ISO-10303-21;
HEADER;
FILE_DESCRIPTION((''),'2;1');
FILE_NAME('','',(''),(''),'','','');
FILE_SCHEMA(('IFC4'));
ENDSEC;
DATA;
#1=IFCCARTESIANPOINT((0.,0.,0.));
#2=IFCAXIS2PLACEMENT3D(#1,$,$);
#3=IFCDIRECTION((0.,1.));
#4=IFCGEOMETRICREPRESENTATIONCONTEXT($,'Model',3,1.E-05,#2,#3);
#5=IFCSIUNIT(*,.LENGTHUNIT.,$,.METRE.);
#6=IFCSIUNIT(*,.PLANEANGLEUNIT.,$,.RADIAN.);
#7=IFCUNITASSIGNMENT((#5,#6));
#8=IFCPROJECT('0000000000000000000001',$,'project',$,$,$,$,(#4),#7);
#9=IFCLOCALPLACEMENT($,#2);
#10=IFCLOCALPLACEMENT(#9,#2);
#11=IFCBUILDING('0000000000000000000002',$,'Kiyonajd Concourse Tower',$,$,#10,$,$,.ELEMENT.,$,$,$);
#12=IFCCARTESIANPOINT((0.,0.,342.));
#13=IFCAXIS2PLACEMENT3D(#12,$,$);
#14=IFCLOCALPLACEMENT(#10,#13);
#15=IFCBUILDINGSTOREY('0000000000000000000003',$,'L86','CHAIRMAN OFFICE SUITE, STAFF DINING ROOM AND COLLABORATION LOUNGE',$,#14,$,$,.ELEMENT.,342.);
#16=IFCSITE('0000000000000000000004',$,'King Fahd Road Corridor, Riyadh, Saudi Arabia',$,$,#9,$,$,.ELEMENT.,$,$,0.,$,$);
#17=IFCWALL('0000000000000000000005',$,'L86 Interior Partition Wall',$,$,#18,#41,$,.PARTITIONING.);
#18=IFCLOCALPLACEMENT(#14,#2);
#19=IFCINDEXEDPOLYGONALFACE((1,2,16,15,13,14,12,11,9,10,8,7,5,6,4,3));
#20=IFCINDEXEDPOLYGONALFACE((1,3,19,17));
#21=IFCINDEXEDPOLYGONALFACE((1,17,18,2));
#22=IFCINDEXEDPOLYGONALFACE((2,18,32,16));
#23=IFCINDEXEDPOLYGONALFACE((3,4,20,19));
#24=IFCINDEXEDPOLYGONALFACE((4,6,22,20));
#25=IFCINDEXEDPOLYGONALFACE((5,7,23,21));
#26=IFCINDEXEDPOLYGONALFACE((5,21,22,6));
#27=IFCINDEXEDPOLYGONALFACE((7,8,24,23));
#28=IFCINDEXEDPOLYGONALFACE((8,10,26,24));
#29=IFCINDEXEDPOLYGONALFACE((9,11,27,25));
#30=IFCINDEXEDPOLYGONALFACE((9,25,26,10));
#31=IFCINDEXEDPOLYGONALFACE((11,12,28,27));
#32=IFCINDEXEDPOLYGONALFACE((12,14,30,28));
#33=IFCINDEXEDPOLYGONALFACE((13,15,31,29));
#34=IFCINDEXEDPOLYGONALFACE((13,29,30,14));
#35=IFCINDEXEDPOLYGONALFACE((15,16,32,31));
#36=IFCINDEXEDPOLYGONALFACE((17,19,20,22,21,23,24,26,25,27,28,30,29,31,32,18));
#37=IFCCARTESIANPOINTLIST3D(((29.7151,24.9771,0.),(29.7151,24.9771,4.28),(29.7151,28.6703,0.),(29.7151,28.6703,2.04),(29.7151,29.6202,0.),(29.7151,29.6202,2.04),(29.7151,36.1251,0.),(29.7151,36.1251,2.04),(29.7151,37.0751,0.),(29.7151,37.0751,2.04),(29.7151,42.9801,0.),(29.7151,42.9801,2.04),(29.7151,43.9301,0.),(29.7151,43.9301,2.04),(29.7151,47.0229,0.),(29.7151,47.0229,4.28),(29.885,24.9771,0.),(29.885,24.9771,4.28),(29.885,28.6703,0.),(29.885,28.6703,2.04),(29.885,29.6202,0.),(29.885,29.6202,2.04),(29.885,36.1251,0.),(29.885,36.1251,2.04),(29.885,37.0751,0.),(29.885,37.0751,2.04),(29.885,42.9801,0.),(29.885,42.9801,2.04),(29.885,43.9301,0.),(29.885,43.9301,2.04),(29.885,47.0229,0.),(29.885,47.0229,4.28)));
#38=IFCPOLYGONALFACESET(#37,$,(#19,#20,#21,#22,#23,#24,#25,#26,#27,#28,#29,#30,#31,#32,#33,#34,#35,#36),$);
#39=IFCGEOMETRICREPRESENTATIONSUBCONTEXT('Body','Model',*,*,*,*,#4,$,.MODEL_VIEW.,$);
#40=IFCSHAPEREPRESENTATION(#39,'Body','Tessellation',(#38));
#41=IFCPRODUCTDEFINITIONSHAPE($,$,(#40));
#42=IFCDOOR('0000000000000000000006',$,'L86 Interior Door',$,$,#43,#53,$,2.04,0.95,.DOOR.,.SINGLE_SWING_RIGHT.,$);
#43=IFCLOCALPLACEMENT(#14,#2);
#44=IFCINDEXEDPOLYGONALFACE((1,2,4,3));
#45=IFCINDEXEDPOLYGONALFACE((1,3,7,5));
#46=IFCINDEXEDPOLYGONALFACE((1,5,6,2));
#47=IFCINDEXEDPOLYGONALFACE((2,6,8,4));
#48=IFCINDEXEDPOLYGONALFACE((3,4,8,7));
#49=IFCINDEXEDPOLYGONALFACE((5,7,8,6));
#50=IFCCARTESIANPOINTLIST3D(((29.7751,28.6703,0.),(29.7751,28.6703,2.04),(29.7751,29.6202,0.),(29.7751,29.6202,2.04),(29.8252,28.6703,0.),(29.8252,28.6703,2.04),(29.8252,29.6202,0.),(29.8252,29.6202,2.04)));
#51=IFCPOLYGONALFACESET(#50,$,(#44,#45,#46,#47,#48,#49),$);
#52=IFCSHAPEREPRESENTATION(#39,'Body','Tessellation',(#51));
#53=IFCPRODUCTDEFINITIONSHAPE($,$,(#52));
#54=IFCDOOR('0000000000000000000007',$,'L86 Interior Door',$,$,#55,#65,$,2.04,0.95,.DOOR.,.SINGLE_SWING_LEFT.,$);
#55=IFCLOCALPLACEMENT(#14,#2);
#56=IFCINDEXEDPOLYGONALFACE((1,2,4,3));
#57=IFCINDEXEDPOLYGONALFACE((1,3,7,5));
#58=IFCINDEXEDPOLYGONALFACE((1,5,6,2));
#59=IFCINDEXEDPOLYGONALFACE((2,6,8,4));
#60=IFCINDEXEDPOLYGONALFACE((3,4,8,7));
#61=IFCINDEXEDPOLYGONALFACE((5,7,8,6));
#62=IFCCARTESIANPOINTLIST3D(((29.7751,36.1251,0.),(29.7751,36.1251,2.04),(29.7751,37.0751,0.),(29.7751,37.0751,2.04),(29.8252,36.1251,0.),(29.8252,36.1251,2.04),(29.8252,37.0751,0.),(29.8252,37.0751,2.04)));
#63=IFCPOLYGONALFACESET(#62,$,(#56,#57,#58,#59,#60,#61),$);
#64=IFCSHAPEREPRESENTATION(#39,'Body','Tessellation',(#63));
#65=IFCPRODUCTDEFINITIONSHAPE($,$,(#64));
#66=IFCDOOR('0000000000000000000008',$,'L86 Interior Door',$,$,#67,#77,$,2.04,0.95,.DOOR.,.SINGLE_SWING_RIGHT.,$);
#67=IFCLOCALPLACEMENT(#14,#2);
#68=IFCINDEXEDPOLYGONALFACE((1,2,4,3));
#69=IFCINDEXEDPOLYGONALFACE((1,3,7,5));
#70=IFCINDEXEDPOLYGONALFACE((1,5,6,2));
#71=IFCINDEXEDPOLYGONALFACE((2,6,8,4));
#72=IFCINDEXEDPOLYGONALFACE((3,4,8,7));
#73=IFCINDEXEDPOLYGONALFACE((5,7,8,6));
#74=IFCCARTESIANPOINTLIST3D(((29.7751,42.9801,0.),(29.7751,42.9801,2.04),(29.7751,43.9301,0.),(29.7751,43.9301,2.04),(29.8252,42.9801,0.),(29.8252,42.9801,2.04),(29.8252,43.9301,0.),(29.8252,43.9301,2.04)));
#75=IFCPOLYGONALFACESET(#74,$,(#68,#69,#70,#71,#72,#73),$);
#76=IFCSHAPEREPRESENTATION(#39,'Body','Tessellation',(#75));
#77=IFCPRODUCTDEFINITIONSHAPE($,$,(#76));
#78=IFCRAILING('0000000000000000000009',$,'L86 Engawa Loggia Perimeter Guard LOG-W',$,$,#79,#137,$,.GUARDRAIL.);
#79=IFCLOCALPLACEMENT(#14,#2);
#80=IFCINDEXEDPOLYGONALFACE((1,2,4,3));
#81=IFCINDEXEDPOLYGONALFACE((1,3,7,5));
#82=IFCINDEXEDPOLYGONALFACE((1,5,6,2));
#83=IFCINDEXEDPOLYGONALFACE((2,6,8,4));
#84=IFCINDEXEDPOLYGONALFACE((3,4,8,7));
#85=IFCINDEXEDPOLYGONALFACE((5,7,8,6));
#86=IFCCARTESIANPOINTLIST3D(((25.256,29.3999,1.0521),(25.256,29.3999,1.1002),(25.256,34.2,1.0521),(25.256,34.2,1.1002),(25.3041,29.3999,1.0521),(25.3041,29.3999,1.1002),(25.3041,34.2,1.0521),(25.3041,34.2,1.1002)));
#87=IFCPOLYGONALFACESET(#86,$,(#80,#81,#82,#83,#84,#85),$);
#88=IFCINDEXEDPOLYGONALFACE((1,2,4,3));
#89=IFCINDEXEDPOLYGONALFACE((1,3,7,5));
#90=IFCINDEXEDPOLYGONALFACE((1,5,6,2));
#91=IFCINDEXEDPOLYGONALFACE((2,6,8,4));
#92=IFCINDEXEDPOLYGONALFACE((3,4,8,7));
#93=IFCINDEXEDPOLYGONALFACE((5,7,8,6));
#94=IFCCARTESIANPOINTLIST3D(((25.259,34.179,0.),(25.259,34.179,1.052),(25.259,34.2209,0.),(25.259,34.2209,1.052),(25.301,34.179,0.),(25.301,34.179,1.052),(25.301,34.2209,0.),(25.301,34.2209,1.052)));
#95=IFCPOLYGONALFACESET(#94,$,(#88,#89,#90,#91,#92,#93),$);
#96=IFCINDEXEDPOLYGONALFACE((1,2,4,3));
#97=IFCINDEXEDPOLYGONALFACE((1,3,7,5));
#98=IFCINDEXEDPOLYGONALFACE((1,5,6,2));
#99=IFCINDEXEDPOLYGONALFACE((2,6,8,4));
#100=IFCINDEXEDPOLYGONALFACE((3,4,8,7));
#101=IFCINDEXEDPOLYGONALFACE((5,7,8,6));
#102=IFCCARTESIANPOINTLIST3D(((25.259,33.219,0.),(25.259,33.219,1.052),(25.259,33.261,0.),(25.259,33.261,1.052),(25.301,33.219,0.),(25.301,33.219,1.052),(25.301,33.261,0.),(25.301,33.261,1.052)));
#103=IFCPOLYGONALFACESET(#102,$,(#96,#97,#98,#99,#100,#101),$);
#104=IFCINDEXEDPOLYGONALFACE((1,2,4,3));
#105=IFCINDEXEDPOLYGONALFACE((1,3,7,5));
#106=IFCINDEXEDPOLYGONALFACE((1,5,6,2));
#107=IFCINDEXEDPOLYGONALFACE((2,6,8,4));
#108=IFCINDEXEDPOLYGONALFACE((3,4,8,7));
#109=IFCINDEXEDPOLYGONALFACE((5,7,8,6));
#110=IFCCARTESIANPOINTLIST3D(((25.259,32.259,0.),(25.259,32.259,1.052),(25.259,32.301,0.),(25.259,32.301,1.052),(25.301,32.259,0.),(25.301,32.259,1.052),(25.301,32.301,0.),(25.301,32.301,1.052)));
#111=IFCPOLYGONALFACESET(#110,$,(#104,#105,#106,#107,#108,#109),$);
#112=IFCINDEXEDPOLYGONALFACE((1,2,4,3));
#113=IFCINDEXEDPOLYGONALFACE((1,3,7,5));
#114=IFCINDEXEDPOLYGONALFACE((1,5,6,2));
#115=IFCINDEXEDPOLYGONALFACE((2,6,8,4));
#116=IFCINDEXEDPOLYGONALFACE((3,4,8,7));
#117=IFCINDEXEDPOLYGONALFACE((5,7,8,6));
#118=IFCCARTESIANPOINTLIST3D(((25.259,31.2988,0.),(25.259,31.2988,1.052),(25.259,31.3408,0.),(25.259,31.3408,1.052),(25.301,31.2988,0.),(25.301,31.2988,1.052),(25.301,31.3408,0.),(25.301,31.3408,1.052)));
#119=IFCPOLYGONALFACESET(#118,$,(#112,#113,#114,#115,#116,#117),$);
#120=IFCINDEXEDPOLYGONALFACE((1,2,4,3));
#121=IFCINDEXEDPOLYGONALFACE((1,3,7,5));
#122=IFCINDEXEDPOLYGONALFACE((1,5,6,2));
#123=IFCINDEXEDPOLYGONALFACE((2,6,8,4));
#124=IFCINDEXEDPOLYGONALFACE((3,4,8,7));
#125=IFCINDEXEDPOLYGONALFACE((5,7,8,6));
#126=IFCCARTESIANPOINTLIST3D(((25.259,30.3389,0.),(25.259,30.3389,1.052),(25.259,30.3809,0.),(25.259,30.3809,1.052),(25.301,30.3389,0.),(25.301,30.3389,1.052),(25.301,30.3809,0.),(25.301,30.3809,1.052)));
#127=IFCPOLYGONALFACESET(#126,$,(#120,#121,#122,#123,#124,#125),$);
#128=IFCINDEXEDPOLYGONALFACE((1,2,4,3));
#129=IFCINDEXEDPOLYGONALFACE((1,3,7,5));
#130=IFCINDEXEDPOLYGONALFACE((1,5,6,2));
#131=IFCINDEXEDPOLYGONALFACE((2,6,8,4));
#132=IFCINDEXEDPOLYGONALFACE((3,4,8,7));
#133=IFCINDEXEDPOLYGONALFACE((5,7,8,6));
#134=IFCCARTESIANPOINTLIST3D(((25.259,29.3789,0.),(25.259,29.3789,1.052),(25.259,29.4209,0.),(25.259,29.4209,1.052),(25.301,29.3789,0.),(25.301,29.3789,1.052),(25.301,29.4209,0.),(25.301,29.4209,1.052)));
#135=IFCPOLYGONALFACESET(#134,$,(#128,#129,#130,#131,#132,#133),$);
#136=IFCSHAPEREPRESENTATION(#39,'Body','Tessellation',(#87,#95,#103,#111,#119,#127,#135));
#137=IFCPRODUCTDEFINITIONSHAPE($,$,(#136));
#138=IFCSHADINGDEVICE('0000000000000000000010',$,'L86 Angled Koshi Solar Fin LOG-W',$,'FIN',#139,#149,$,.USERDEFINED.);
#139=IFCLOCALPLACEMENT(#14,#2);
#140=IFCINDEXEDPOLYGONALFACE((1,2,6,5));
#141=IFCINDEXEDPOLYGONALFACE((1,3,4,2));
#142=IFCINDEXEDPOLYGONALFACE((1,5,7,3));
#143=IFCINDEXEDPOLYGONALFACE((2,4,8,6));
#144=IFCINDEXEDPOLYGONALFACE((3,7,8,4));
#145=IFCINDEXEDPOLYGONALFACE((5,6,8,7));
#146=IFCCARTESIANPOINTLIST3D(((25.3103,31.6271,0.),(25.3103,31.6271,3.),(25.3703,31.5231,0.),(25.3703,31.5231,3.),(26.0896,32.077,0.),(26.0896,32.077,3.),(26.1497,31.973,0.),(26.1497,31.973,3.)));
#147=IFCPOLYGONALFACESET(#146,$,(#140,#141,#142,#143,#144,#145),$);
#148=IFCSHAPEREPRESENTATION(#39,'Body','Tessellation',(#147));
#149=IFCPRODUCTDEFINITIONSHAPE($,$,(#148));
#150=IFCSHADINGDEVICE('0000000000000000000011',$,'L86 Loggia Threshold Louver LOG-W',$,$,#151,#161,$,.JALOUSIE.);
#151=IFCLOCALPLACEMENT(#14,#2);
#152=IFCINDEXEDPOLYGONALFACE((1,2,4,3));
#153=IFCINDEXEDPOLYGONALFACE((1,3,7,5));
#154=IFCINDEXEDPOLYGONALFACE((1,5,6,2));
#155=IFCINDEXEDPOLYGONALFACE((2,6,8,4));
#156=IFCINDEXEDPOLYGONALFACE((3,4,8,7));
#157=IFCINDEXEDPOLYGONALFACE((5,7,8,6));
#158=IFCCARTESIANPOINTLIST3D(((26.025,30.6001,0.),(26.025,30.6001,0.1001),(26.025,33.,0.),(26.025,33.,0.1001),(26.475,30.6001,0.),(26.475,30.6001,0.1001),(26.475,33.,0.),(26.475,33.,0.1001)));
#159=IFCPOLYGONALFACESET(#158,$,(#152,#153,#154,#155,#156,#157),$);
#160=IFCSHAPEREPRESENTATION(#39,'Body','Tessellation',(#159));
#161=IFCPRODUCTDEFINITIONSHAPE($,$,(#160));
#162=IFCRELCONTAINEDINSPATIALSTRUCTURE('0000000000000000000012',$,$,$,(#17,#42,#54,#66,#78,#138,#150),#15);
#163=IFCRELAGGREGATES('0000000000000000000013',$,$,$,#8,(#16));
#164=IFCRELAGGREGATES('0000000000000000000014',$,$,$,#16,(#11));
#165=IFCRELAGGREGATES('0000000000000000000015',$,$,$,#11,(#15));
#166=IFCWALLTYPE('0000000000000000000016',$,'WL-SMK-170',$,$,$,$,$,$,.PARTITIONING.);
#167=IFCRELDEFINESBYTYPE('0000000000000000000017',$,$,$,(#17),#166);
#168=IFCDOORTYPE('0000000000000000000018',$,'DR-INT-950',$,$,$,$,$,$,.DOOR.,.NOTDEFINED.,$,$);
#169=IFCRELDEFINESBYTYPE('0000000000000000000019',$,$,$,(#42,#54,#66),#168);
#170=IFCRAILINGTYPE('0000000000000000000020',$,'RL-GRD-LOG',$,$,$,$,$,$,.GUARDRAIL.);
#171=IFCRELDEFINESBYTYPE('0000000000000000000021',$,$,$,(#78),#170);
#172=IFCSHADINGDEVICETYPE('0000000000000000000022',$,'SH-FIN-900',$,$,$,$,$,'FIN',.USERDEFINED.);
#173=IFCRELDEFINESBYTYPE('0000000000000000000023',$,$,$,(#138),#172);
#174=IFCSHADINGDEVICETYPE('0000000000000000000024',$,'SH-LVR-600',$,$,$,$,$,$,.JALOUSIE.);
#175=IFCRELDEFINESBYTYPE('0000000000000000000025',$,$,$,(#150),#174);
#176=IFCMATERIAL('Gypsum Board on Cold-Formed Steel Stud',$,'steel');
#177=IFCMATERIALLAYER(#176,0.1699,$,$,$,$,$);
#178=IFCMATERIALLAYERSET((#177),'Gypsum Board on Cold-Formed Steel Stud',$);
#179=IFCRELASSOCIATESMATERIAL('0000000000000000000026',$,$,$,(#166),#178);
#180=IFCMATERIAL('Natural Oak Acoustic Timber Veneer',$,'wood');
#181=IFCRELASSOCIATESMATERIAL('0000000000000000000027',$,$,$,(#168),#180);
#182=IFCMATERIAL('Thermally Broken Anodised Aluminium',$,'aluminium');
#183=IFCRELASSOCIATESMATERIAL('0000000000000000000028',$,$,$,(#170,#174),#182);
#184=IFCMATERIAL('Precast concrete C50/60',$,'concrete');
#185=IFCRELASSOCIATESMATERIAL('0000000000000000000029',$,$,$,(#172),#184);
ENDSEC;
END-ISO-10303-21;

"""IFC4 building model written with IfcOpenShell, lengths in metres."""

from ifc_helpers import new_model, si_unit, direction, frame, frame_2d, origin, origin_2d, place, context, subcontext, project, spatial, rectangle, extrude, material, layer, layer_set, type_object, element, fill, save


model = new_model("IFC4")

# Units and contexts
model_context = context("Model", 3, precision=1e-05, world=origin(), true_north=direction((0.0, 1.0)))
body_context = subcontext(model_context, "Body", "Model", "MODEL_VIEW")
ifc_project = project(units=[si_unit("LENGTHUNIT", "METRE"), si_unit("PLANEANGLEUNIT", "RADIAN")], contexts=[model_context])

# Site, building, storey
site_placement = place(None, origin())
site = spatial("IfcSite", under=ifc_project, at=site_placement, Name="King Fahd Road Corridor, Riyadh, Saudi Arabia", CompositionType="ELEMENT", RefElevation=0.0)
building_placement = place(site_placement, origin())
building = spatial("IfcBuilding", under=site, at=building_placement, Name="Kiyonajd Concourse Tower", CompositionType="ELEMENT")
storey_placement = place(building_placement, frame((0.0, 0.0, 342.0)))
storey = spatial("IfcBuildingStorey", under=building, at=storey_placement, Name="L86", Description="CHAIRMAN OFFICE SUITE, STAFF DINING ROOM AND COLLABORATION LOUNGE", CompositionType="ELEMENT", Elevation=342.0)

# Shared definitions
ifc_material_1 = material(Name="Thermally Broken Anodised Aluminium", Category="aluminium")

# Shared definitions
ifc_material_2 = material(Name="Precast concrete C50/60", Category="concrete")

# Shared definitions
ifc_material_3 = material(Name="Gypsum Board on Cold-Formed Steel Stud", Category="steel")

# Wall, openings, doors
ifc_layer_1 = layer(ifc_material_3, 0.1699)
ifc_layer_set_1 = layer_set([ifc_layer_1], Name="Gypsum Board on Cold-Formed Steel Stud")
wall_type_1 = type_object("IfcWallType", Name="WL-SMK-170", PredefinedType="PARTITIONING", material=ifc_layer_set_1)
ifc_material_4 = material(Name="Natural Oak Acoustic Timber Veneer", Category="wood")
door_type_1 = type_object("IfcDoorType", Name="DR-INT-950", OperationType="NOTDEFINED", PredefinedType="DOOR", material=ifc_material_4)
wall_1_placement = place(storey_placement, frame((29.8, 24.9771, 0.0), z_axis=(0.0, 0.0, 1.0), x_axis=(0.0, 1.0, 0.0)))
wall_1 = element("IfcWall", 1, at=wall_1_placement, inside=storey, type_object=wall_type_1, Name="L86 Interior Partition Wall", PredefinedType="PARTITIONING", context=body_context, shape_type="SweptSolid", body=[
    extrude(rectangle(XDim=22.0459, YDim=0.1699, at=frame_2d((11.0229, 0.0))), origin(), (0.0, 0.0, 1.0), 4.28),
])
opening_1_placement = place(wall_1_placement, frame((3.6931, 0.0, 0.0)))
opening_1 = element("IfcOpeningElement", 2, at=opening_1_placement, cuts=wall_1, PredefinedType="OPENING", context=body_context, shape_type="SweptSolid", body=[
    extrude(rectangle(XDim=0.95, YDim=2.04, at=frame_2d((0.4751, 1.02))), frame((0.0, 0.095, 0.0), z_axis=(0.0, -1.0, 0.0), x_axis=(1.0, 0.0, 0.0)), (0.0, 0.0, 1.0), 0.1899),
])
opening_2_placement = place(wall_1_placement, frame((11.1479, 0.0, 0.0)))
opening_2 = element("IfcOpeningElement", 3, at=opening_2_placement, cuts=wall_1, PredefinedType="OPENING", context=body_context, shape_type="SweptSolid", body=[
    extrude(rectangle(XDim=0.95, YDim=2.04, at=frame_2d((0.4751, 1.02))), frame((0.0, 0.095, 0.0), z_axis=(0.0, -1.0, 0.0), x_axis=(1.0, 0.0, 0.0)), (0.0, 0.0, 1.0), 0.1899),
])
opening_3_placement = place(wall_1_placement, frame((18.0029, 0.0, 0.0)))
opening_3 = element("IfcOpeningElement", 4, at=opening_3_placement, cuts=wall_1, PredefinedType="OPENING", context=body_context, shape_type="SweptSolid", body=[
    extrude(rectangle(XDim=0.95, YDim=2.04, at=frame_2d((0.4751, 1.02))), frame((0.0, 0.095, 0.0), z_axis=(0.0, -1.0, 0.0), x_axis=(1.0, 0.0, 0.0)), (0.0, 0.0, 1.0), 0.1899),
])
door_1_placement = place(opening_1_placement, origin())
door_1 = element("IfcDoor", 5, at=door_1_placement, inside=storey, type_object=door_type_1, Name="L86 Interior Door", OperationType="SINGLE_SWING_RIGHT", OverallHeight=2.04, OverallWidth=0.95, PredefinedType="DOOR", context=body_context, shape_type="SweptSolid", body=[
    extrude(rectangle(XDim=0.95, YDim=2.04, at=frame_2d((0.4751, 1.02))), frame((0.0, 0.0249, 0.0), z_axis=(0.0, -1.0, 0.0), x_axis=(1.0, 0.0, 0.0)), (0.0, 0.0, 1.0), 0.05),
])
fill(opening_1, door_1)
door_2_placement = place(opening_2_placement, origin())
door_2 = element("IfcDoor", 6, at=door_2_placement, inside=storey, type_object=door_type_1, Name="L86 Interior Door", OperationType="SINGLE_SWING_LEFT", OverallHeight=2.04, OverallWidth=0.95, PredefinedType="DOOR", context=body_context, shape_type="SweptSolid", body=[
    extrude(rectangle(XDim=0.95, YDim=2.04, at=frame_2d((0.4751, 1.02))), frame((0.0, 0.0249, 0.0), z_axis=(0.0, -1.0, 0.0), x_axis=(1.0, 0.0, 0.0)), (0.0, 0.0, 1.0), 0.05),
])
fill(opening_2, door_2)
door_3_placement = place(opening_3_placement, origin())
door_3 = element("IfcDoor", 7, at=door_3_placement, inside=storey, type_object=door_type_1, Name="L86 Interior Door", OperationType="SINGLE_SWING_RIGHT", OverallHeight=2.04, OverallWidth=0.95, PredefinedType="DOOR", context=body_context, shape_type="SweptSolid", body=[
    extrude(rectangle(XDim=0.95, YDim=2.04, at=frame_2d((0.4751, 1.02))), frame((0.0, 0.0249, 0.0), z_axis=(0.0, -1.0, 0.0), x_axis=(1.0, 0.0, 0.0)), (0.0, 0.0, 1.0), 0.05),
])
fill(opening_3, door_3)

# Railing
railing_type = type_object("IfcRailingType", Name="RL-GRD-LOG", PredefinedType="GUARDRAIL", material=ifc_material_1)
railing_placement = place(storey_placement, frame((25.28, 34.2, 0.0)))
element("IfcRailing", 8, at=railing_placement, inside=storey, type_object=railing_type, Name="L86 Engawa Loggia Perimeter Guard LOG-W", PredefinedType="GUARDRAIL", context=body_context, shape_type="SweptSolid", body=[
    extrude(rectangle(XDim=0.0481, YDim=0.0481, at=origin_2d()), frame((0.0, 0.0, 1.0762), z_axis=(0.0, -1.0, 0.0), x_axis=(1.0, 0.0, 0.0)), (0.0, 0.0, 1.0), 4.8),
    extrude(rectangle(XDim=0.042, YDim=0.042, at=origin_2d()), origin(), (0.0, 0.0, 1.0), 1.052),
    extrude(rectangle(XDim=0.042, YDim=0.042, at=origin_2d()), frame((0.0, -0.96, 0.0)), (0.0, 0.0, 1.0), 1.052),
    extrude(rectangle(XDim=0.042, YDim=0.042, at=origin_2d()), frame((0.0, -1.9199, 0.0)), (0.0, 0.0, 1.0), 1.052),
    extrude(rectangle(XDim=0.042, YDim=0.042, at=origin_2d()), frame((0.0, -2.8801, 0.0)), (0.0, 0.0, 1.0), 1.052),
    extrude(rectangle(XDim=0.042, YDim=0.042, at=origin_2d()), frame((0.0, -3.8401, 0.0)), (0.0, 0.0, 1.0), 1.052),
    extrude(rectangle(XDim=0.042, YDim=0.042, at=origin_2d()), frame((0.0, -4.8, 0.0)), (0.0, 0.0, 1.0), 1.052),
])

# Shading devices
shading_device_type_1 = type_object("IfcShadingDeviceType", Name="SH-FIN-900", ElementType="FIN", PredefinedType="USERDEFINED", material=ifc_material_2)
shading_device_1_placement = place(storey_placement, frame((25.73, 31.8, 0.0), z_axis=(0.0, 0.0, 1.0), x_axis=(0.866025, 0.5, 0.0)))
element("IfcShadingDevice", 9, at=shading_device_1_placement, inside=storey, type_object=shading_device_type_1, Name="L86 Angled Koshi Solar Fin LOG-W", ObjectType="FIN", PredefinedType="USERDEFINED", context=body_context, shape_type="SweptSolid", body=[
    extrude(rectangle(XDim=0.8999, YDim=0.1201, at=origin_2d()), origin(), (0.0, 0.0, 1.0), 3.0),
])
shading_device_type_2 = type_object("IfcShadingDeviceType", Name="SH-LVR-600", PredefinedType="JALOUSIE", material=ifc_material_1)
shading_device_2_placement = place(storey_placement, frame((26.25, 31.8, 0.0), z_axis=(0.0, 0.0, 1.0), x_axis=(0.0, 1.0, 0.0)))
element("IfcShadingDevice", 10, at=shading_device_2_placement, inside=storey, type_object=shading_device_type_2, Name="L86 Loggia Threshold Louver LOG-W", PredefinedType="JALOUSIE", context=body_context, shape_type="SweptSolid", body=[
    extrude(rectangle(XDim=2.3999, YDim=0.45, at=origin_2d()), origin(), (0.0, 0.0, 1.0), 0.1001),
])

save(model, "model.ifc")
